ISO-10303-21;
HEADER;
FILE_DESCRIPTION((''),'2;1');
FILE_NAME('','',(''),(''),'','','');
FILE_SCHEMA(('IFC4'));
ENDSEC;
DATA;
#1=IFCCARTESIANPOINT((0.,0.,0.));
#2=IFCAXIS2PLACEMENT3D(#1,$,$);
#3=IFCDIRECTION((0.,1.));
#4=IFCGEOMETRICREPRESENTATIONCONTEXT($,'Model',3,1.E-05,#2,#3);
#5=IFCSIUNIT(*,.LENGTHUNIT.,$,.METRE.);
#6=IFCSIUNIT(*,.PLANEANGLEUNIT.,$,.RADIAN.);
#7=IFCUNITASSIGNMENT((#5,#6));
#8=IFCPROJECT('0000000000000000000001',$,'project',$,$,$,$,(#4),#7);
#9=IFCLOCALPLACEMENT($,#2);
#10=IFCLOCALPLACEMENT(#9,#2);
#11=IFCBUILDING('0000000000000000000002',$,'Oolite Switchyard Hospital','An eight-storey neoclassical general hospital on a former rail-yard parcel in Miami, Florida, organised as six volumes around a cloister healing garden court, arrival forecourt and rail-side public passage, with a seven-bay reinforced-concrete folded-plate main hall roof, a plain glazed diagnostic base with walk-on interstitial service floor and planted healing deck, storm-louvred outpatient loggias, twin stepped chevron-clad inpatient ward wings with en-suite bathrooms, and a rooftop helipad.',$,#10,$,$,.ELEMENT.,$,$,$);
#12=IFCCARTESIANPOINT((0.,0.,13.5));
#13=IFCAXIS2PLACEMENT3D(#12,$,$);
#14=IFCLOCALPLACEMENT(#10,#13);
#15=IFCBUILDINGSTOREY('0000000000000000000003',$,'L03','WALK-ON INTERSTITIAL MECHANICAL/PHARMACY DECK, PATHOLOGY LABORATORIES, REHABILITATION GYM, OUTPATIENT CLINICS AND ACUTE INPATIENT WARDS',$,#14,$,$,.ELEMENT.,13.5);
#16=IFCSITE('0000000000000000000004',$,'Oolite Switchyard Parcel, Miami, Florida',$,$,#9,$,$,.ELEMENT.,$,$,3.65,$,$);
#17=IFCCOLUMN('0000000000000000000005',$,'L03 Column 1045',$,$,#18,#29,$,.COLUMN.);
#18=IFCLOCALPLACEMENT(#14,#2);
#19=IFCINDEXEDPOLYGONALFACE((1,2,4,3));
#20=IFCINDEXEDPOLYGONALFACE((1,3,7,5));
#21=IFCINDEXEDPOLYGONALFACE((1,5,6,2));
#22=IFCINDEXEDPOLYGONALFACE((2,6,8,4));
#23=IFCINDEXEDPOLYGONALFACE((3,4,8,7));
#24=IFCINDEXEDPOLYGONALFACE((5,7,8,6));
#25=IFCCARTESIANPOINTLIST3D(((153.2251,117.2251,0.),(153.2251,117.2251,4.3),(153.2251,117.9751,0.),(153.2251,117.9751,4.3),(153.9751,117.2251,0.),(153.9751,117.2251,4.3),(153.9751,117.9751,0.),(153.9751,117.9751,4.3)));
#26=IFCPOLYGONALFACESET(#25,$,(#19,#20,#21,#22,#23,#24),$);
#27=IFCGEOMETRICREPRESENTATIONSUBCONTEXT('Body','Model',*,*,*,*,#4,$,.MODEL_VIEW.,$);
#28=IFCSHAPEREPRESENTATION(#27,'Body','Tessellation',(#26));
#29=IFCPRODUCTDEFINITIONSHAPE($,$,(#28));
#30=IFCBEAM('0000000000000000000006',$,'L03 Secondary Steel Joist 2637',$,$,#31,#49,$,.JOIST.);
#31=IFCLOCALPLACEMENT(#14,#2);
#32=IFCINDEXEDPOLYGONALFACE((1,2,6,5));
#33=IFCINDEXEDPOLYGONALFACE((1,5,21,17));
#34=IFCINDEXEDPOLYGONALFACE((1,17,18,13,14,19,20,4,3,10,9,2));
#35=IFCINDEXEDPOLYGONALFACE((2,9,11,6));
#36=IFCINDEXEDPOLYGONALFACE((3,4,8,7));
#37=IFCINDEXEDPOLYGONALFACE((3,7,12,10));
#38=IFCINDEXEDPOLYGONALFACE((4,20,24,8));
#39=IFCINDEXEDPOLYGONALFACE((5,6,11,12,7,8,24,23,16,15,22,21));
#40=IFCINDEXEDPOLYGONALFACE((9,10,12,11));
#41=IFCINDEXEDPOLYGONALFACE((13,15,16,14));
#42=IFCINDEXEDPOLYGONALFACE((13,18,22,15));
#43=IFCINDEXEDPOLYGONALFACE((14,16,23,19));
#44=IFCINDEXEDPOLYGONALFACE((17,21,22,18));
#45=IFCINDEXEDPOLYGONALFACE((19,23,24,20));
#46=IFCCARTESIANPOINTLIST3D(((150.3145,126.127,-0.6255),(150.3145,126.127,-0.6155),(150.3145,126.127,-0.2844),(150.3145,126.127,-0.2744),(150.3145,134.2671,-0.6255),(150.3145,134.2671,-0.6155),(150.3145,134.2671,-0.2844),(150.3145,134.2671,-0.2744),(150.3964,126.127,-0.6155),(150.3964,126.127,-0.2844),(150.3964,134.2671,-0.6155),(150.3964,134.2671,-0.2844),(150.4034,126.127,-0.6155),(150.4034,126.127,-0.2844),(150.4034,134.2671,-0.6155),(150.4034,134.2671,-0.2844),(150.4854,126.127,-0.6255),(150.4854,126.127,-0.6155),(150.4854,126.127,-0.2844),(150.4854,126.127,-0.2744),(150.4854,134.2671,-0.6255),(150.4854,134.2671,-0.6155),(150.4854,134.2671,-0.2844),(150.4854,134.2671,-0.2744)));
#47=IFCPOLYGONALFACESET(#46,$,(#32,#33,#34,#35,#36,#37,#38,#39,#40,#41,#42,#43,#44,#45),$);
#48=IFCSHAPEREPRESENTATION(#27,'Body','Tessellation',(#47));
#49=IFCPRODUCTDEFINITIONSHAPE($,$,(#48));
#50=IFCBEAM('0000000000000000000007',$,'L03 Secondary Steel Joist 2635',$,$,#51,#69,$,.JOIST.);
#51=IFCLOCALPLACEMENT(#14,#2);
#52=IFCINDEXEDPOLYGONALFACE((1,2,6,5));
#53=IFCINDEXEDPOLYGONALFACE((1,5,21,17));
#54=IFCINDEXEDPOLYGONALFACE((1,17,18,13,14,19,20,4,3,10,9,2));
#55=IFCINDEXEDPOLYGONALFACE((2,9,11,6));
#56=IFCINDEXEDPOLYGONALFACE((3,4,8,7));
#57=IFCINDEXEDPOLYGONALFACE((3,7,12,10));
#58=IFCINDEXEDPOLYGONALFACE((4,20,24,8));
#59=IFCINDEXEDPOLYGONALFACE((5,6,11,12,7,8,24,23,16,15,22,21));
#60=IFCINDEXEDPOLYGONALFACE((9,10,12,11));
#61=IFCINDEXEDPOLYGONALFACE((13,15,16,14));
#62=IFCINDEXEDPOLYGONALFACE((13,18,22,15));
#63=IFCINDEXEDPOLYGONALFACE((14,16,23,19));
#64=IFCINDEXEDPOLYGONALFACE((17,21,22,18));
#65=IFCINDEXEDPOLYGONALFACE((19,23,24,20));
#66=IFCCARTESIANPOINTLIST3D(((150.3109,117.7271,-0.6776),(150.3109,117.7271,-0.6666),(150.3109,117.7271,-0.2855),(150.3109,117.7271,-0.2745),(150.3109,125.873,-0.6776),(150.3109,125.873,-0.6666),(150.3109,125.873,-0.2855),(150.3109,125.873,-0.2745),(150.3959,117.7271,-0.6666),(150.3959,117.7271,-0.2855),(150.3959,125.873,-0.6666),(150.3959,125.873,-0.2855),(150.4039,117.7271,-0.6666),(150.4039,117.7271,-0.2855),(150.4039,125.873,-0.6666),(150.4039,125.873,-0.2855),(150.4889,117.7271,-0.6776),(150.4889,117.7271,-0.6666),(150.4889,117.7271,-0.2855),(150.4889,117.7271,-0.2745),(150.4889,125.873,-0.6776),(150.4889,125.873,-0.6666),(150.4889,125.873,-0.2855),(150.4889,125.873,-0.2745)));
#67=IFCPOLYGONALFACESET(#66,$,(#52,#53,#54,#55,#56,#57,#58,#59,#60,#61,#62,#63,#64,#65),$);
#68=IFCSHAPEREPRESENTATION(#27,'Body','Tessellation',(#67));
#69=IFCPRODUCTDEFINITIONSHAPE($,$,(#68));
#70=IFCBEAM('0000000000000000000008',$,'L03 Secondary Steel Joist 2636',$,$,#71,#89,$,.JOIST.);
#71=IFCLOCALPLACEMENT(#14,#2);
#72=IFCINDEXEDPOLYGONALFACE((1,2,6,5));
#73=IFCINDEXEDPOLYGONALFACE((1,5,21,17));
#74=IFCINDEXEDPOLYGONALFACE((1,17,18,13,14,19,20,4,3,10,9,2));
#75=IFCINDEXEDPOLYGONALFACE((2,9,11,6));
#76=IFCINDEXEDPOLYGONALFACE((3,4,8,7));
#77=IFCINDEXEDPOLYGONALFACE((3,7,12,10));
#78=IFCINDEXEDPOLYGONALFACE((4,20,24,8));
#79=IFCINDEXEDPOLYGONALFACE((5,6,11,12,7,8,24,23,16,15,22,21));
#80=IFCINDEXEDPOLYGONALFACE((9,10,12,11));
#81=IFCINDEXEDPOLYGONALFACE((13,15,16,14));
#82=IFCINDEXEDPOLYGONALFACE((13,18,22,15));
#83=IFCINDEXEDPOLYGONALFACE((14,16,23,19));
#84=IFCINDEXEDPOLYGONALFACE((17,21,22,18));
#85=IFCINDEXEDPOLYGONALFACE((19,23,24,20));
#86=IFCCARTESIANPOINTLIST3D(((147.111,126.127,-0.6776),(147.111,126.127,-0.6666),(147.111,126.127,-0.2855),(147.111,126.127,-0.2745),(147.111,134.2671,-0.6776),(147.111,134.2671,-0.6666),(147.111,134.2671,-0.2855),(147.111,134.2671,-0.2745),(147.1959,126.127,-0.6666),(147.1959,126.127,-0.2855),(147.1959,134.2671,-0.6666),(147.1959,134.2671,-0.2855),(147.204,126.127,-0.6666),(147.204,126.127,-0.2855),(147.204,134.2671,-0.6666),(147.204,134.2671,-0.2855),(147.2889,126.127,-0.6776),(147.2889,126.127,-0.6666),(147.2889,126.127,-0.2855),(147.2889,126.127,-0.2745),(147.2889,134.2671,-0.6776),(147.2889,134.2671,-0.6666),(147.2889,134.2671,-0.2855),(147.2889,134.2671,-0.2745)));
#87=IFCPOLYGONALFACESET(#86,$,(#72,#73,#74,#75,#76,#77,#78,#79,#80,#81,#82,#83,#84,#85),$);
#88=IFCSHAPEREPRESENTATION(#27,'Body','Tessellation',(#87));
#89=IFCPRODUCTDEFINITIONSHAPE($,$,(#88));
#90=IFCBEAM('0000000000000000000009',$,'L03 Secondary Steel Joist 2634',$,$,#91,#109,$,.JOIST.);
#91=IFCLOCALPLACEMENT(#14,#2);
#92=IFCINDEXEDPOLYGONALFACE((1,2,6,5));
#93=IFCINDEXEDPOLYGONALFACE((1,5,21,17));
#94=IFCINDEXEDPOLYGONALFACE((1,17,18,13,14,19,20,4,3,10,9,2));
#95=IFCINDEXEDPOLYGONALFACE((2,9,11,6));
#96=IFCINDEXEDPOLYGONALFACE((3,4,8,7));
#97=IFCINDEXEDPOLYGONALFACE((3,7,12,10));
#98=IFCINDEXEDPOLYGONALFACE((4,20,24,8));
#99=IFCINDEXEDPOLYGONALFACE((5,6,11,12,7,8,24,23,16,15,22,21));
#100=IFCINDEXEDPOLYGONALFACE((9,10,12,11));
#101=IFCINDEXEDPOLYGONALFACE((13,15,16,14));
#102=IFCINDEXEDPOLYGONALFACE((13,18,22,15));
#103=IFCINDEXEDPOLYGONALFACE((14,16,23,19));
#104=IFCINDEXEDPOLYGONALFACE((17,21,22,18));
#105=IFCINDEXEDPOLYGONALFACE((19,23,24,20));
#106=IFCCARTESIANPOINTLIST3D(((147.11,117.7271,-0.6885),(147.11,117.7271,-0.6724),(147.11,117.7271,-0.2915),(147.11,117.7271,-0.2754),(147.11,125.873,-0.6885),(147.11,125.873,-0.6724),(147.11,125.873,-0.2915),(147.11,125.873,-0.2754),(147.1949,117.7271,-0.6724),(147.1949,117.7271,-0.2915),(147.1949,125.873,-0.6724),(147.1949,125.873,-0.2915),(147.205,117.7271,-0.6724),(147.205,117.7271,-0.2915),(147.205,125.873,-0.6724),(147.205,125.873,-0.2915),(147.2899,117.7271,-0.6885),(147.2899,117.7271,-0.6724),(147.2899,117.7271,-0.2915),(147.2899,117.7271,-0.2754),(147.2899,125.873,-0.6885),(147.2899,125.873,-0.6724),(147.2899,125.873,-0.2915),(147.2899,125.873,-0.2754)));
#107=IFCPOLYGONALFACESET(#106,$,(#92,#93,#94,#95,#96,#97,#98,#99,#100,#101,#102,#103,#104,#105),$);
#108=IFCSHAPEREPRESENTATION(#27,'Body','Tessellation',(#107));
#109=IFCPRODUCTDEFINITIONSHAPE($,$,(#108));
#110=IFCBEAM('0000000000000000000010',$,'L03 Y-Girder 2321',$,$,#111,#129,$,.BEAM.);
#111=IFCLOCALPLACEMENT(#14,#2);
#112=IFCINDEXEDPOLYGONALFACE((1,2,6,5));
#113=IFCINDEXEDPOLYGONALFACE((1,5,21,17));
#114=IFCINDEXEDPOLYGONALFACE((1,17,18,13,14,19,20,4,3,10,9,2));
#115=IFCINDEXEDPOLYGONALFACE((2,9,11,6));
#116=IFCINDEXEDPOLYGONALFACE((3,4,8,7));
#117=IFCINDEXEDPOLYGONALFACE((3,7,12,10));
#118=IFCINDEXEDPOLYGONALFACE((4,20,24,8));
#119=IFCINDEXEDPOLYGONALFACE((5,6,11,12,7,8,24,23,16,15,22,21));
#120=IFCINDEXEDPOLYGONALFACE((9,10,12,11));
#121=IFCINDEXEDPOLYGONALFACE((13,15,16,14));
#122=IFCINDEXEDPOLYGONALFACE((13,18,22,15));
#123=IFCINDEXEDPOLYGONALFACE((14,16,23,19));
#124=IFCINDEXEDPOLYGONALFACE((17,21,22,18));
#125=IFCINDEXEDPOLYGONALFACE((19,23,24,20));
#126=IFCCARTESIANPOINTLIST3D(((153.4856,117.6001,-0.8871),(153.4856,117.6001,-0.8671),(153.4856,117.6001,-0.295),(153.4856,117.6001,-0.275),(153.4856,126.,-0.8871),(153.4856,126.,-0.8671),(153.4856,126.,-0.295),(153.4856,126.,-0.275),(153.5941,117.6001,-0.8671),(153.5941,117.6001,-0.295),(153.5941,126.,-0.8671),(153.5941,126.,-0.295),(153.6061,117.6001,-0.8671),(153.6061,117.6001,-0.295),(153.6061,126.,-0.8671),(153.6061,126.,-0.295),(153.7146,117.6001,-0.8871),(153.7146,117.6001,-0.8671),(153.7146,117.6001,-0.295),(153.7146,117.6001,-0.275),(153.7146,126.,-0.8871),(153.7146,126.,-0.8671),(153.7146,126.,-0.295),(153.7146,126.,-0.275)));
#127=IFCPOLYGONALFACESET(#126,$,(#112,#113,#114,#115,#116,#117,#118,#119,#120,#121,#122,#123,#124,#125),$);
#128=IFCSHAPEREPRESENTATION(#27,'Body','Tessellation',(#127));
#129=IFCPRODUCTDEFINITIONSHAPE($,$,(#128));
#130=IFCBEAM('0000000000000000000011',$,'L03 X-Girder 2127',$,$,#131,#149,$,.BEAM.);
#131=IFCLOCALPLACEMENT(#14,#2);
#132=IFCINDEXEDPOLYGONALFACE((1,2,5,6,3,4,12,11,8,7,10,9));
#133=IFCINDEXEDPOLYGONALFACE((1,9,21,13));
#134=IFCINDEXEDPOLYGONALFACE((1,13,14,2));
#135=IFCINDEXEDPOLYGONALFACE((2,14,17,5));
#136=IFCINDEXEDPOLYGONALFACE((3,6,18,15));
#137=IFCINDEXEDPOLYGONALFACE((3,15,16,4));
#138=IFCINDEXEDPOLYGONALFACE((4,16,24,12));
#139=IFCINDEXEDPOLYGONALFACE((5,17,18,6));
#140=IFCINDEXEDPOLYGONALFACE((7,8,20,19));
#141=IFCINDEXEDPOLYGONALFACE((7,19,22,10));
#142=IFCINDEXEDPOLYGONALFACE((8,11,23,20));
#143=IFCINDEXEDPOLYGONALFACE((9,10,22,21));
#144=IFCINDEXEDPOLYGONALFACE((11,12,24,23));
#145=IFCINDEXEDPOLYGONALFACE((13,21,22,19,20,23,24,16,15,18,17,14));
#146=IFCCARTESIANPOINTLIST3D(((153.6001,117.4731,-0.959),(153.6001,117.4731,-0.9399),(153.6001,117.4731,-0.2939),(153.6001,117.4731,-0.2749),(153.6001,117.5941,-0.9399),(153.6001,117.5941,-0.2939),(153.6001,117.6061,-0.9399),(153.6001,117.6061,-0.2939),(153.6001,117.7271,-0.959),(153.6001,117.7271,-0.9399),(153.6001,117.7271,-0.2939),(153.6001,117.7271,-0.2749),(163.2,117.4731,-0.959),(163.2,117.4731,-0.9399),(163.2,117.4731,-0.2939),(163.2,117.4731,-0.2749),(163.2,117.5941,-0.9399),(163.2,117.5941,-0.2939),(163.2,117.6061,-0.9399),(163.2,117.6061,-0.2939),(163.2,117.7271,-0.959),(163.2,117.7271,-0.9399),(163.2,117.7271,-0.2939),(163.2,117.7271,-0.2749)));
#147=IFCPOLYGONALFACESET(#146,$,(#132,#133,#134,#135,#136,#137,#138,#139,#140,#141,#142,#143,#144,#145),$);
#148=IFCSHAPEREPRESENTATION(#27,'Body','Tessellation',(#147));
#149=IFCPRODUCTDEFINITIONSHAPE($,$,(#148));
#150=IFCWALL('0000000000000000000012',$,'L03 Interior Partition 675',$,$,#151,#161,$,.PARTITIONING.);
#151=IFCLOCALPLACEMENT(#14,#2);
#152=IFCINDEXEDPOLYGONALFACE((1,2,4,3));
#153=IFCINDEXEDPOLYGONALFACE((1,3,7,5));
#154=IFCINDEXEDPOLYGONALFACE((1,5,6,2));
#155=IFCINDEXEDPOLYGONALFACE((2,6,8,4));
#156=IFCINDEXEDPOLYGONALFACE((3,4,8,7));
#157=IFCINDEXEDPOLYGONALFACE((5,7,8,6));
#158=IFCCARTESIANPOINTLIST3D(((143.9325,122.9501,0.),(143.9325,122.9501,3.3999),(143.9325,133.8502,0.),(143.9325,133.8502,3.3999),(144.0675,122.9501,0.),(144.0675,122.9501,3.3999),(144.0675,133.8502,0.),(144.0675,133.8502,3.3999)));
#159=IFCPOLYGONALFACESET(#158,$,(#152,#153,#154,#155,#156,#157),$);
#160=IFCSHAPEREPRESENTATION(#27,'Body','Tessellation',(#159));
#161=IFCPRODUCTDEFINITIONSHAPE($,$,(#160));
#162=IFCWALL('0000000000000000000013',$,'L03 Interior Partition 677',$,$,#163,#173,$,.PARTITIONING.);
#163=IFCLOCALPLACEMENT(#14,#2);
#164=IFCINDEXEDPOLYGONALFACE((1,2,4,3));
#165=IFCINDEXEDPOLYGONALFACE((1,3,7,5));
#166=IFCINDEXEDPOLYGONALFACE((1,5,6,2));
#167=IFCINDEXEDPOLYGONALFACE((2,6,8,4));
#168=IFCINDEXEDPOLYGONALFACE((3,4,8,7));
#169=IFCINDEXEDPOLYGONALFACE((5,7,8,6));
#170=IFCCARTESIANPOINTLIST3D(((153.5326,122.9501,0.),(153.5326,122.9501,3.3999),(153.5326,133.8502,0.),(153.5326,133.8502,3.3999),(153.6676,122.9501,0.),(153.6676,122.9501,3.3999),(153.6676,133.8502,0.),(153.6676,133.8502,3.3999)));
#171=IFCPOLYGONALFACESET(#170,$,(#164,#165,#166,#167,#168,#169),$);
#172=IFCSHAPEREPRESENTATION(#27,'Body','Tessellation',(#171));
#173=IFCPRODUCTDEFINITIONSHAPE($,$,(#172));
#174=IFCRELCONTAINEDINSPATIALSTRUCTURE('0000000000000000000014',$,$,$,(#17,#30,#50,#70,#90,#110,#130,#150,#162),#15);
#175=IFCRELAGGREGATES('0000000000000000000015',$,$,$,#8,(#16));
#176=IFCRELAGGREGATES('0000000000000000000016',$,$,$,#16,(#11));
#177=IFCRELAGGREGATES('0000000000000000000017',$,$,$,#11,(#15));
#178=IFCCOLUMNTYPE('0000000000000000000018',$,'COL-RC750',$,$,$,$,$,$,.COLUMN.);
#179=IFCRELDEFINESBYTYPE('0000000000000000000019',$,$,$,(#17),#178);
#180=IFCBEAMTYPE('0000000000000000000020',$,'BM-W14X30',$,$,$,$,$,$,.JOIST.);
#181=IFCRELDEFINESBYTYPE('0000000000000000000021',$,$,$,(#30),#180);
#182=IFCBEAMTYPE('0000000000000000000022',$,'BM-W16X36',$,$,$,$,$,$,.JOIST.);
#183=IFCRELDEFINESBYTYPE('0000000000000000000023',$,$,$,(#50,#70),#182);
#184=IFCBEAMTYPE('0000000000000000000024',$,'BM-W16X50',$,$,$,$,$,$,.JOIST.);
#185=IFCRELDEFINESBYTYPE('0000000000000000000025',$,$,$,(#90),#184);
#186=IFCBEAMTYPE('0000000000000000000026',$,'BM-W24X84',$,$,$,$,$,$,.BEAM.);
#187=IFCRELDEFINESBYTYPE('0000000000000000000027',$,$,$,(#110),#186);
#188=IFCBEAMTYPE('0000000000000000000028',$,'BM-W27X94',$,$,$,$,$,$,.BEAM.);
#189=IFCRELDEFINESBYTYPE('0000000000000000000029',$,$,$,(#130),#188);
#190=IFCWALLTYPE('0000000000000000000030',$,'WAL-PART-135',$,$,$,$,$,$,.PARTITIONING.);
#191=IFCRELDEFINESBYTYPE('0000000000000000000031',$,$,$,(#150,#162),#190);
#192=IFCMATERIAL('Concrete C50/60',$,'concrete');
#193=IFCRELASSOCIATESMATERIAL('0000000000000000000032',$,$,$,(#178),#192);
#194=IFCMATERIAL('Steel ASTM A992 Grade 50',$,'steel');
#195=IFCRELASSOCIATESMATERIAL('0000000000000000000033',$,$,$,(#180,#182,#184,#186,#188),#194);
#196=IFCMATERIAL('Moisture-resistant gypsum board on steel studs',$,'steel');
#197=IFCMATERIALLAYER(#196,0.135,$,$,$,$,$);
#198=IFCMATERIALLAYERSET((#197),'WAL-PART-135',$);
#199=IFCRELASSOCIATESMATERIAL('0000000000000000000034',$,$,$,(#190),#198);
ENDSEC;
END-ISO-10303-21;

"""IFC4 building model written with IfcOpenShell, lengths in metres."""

from ifc_helpers import new_model, si_unit, direction, frame, frame_2d, origin, origin_2d, place, context, subcontext, project, spatial, rectangle, i_section, extrude, material, layer, layer_set, material_profile, profile_set, type_object, element, save


model = new_model("IFC4")

# Units and contexts
model_context = context("Model", 3, precision=1e-05, world=origin(), true_north=direction((0.0, 1.0)))
body_context = subcontext(model_context, "Body", "Model", "MODEL_VIEW")
ifc_project = project(units=[si_unit("LENGTHUNIT", "METRE"), si_unit("PLANEANGLEUNIT", "RADIAN")], contexts=[model_context])

# Site, building, storey
site_placement = place(None, origin())
site = spatial("IfcSite", under=ifc_project, at=site_placement, Name="Oolite Switchyard Parcel, Miami, Florida", CompositionType="ELEMENT", RefElevation=3.65)
building_placement = place(site_placement, origin())
building = spatial("IfcBuilding", under=site, at=building_placement, Name="Oolite Switchyard Hospital", Description="An eight-storey neoclassical general hospital on a former rail-yard parcel in Miami, Florida, organised as six volumes around a cloister healing garden court, arrival forecourt and rail-side public passage, with a seven-bay reinforced-concrete folded-plate main hall roof, a plain glazed diagnostic base with walk-on interstitial service floor and planted healing deck, storm-louvred outpatient loggias, twin stepped chevron-clad inpatient ward wings with en-suite bathrooms, and a rooftop helipad.", CompositionType="ELEMENT")
storey_placement = place(building_placement, frame((0.0, 0.0, 13.5)))
storey = spatial("IfcBuildingStorey", under=building, at=storey_placement, Name="L03", Description="WALK-ON INTERSTITIAL MECHANICAL/PHARMACY DECK, PATHOLOGY LABORATORIES, REHABILITATION GYM, OUTPATIENT CLINICS AND ACUTE INPATIENT WARDS", CompositionType="ELEMENT", Elevation=13.5)

# Column
ifc_material_1 = material(Name="Concrete C50/60", Category="concrete")
ifc_material_profile_1 = material_profile(ifc_material_1, rectangle(XDim=0.75, YDim=0.75, at=origin_2d()), Name="RC750X750")
ifc_profile_set_1 = profile_set([ifc_material_profile_1], Name="Concrete C50/60")
column_type = type_object("IfcColumnType", Name="COL-RC750", PredefinedType="COLUMN", material=ifc_profile_set_1)
column_placement = place(storey_placement, frame((153.6001, 117.6001, 0.0), z_axis=(0.0, 0.0, 1.0), x_axis=(1.0, 0.0, 0.0)))
element("IfcColumn", 1, at=column_placement, inside=storey, type_object=column_type, Name="L03 Column 1045", PredefinedType="COLUMN", context=body_context, shape_type="SweptSolid", body=[
    extrude(rectangle(XDim=0.75, YDim=0.75, at=origin_2d()), origin(), (0.0, 0.0, 1.0), 4.3),
])

# Beams
ifc_material_2 = material(Name="Steel ASTM A992 Grade 50", Category="steel")
ifc_material_profile_2 = material_profile(ifc_material_2, i_section(OverallWidth=0.1709, OverallDepth=0.3511, WebThickness=0.0071, FlangeThickness=0.01, at=origin_2d()), Name="W14X30")
ifc_profile_set_2 = profile_set([ifc_material_profile_2], Name="Steel ASTM A992 Grade 50")
beam_type_1 = type_object("IfcBeamType", Name="BM-W14X30", PredefinedType="JOIST", material=ifc_profile_set_2)
beam_1_placement = place(storey_placement, frame((150.3999, 126.127, -0.45), z_axis=(0.0, 1.0, 0.0), x_axis=(-1.0, 0.0, 0.0)))
element("IfcBeam", 2, at=beam_1_placement, inside=storey, type_object=beam_type_1, Name="L03 Secondary Steel Joist 2637", PredefinedType="JOIST", context=body_context, shape_type="SweptSolid", body=[
    extrude(i_section(OverallWidth=0.1709, OverallDepth=0.3511, WebThickness=0.0071, FlangeThickness=0.01, at=origin_2d()), origin(), (0.0, 0.0, 1.0), 8.1401),
])
ifc_material_profile_3 = material_profile(ifc_material_2, i_section(OverallWidth=0.178, OverallDepth=0.4031, WebThickness=0.0081, FlangeThickness=0.011, at=origin_2d()), Name="W16X36")
ifc_profile_set_3 = profile_set([ifc_material_profile_3], Name="Steel ASTM A992 Grade 50")
beam_type_2 = type_object("IfcBeamType", Name="BM-W16X36", PredefinedType="JOIST", material=ifc_profile_set_3)
beam_2_placement = place(storey_placement, frame((150.3999, 117.7271, -0.4761), z_axis=(0.0, 1.0, 0.0), x_axis=(-1.0, 0.0, 0.0)))
element("IfcBeam", 3, at=beam_2_placement, inside=storey, type_object=beam_type_2, Name="L03 Secondary Steel Joist 2635", PredefinedType="JOIST", context=body_context, shape_type="SweptSolid", body=[
    extrude(i_section(OverallWidth=0.178, OverallDepth=0.4031, WebThickness=0.0081, FlangeThickness=0.011, at=origin_2d()), origin(), (0.0, 0.0, 1.0), 8.146),
])
beam_3_placement = place(storey_placement, frame((147.2, 126.127, -0.4761), z_axis=(0.0, 1.0, 0.0), x_axis=(-1.0, 0.0, 0.0)))
element("IfcBeam", 4, at=beam_3_placement, inside=storey, type_object=beam_type_2, Name="L03 Secondary Steel Joist 2636", PredefinedType="JOIST", context=body_context, shape_type="SweptSolid", body=[
    extrude(i_section(OverallWidth=0.178, OverallDepth=0.4031, WebThickness=0.0081, FlangeThickness=0.011, at=origin_2d()), origin(), (0.0, 0.0, 1.0), 8.1401),
])
ifc_material_profile_4 = material_profile(ifc_material_2, i_section(OverallWidth=0.1799, OverallDepth=0.4131, WebThickness=0.01, FlangeThickness=0.0161, at=origin_2d()), Name="W16X50")
ifc_profile_set_4 = profile_set([ifc_material_profile_4], Name="Steel ASTM A992 Grade 50")
beam_type_3 = type_object("IfcBeamType", Name="BM-W16X50", PredefinedType="JOIST", material=ifc_profile_set_4)
beam_4_placement = place(storey_placement, frame((147.2, 117.7271, -0.4819), z_axis=(0.0, 1.0, 0.0), x_axis=(-1.0, 0.0, 0.0)))
element("IfcBeam", 5, at=beam_4_placement, inside=storey, type_object=beam_type_3, Name="L03 Secondary Steel Joist 2634", PredefinedType="JOIST", context=body_context, shape_type="SweptSolid", body=[
    extrude(i_section(OverallWidth=0.1799, OverallDepth=0.4131, WebThickness=0.01, FlangeThickness=0.0161, at=origin_2d()), origin(), (0.0, 0.0, 1.0), 8.146),
])
ifc_material_profile_5 = material_profile(ifc_material_2, i_section(OverallWidth=0.229, OverallDepth=0.6121, WebThickness=0.012, FlangeThickness=0.02, at=origin_2d()), Name="W24X84")
ifc_profile_set_5 = profile_set([ifc_material_profile_5], Name="Steel ASTM A992 Grade 50")
beam_type_4 = type_object("IfcBeamType", Name="BM-W24X84", PredefinedType="BEAM", material=ifc_profile_set_5)
beam_5_placement = place(storey_placement, frame((153.6001, 117.6001, -0.5811), z_axis=(0.0, 1.0, 0.0), x_axis=(-1.0, 0.0, 0.0)))
element("IfcBeam", 6, at=beam_5_placement, inside=storey, type_object=beam_type_4, Name="L03 Y-Girder 2321", PredefinedType="BEAM", context=body_context, shape_type="SweptSolid", body=[
    extrude(i_section(OverallWidth=0.229, OverallDepth=0.6121, WebThickness=0.012, FlangeThickness=0.02, at=origin_2d()), origin(), (0.0, 0.0, 1.0), 8.3999),
])
ifc_material_profile_6 = material_profile(ifc_material_2, i_section(OverallWidth=0.2539, OverallDepth=0.6841, WebThickness=0.012, FlangeThickness=0.019, at=origin_2d()), Name="W27X94")
ifc_profile_set_6 = profile_set([ifc_material_profile_6], Name="Steel ASTM A992 Grade 50")
beam_type_5 = type_object("IfcBeamType", Name="BM-W27X94", PredefinedType="BEAM", material=ifc_profile_set_6)
beam_6_placement = place(storey_placement, frame((153.6001, 117.6001, -0.6169), z_axis=(1.0, 0.0, 0.0), x_axis=(0.0, 1.0, 0.0)))
element("IfcBeam", 7, at=beam_6_placement, inside=storey, type_object=beam_type_5, Name="L03 X-Girder 2127", PredefinedType="BEAM", context=body_context, shape_type="SweptSolid", body=[
    extrude(i_section(OverallWidth=0.2539, OverallDepth=0.6841, WebThickness=0.012, FlangeThickness=0.019, at=origin_2d()), origin(), (0.0, 0.0, 1.0), 9.5999),
])

# Walls
ifc_material_3 = material(Name="Moisture-resistant gypsum board on steel studs", Category="steel")
ifc_layer_1 = layer(ifc_material_3, 0.135)
ifc_layer_set_1 = layer_set([ifc_layer_1], Name="WAL-PART-135")
wall_type_1 = type_object("IfcWallType", Name="WAL-PART-135", PredefinedType="PARTITIONING", material=ifc_layer_set_1)
for number, where, z_axis, x_axis, name in (
    (8, (144.0, 122.95, 0.0), (0.0, 0.0, 1.0), (0.0, 1.0, 0.0), "L03 Interior Partition 675"),
    (9, (153.6001, 122.95, 0.0), (0.0, 0.0, 1.0), (0.0, 1.0, 0.0), "L03 Interior Partition 677"),
):
    element("IfcWall", number, at=place(storey_placement, frame(where, z_axis=z_axis, x_axis=x_axis)), inside=storey, type_object=wall_type_1, Name=name, PredefinedType="PARTITIONING", context=body_context, shape_type="SweptSolid", body=[
        extrude(rectangle(XDim=10.9001, YDim=0.135, at=frame_2d((5.4502, 0.0))), origin(), (0.0, 0.0, 1.0), 3.3999),
    ])

save(model, "model.ifc")
